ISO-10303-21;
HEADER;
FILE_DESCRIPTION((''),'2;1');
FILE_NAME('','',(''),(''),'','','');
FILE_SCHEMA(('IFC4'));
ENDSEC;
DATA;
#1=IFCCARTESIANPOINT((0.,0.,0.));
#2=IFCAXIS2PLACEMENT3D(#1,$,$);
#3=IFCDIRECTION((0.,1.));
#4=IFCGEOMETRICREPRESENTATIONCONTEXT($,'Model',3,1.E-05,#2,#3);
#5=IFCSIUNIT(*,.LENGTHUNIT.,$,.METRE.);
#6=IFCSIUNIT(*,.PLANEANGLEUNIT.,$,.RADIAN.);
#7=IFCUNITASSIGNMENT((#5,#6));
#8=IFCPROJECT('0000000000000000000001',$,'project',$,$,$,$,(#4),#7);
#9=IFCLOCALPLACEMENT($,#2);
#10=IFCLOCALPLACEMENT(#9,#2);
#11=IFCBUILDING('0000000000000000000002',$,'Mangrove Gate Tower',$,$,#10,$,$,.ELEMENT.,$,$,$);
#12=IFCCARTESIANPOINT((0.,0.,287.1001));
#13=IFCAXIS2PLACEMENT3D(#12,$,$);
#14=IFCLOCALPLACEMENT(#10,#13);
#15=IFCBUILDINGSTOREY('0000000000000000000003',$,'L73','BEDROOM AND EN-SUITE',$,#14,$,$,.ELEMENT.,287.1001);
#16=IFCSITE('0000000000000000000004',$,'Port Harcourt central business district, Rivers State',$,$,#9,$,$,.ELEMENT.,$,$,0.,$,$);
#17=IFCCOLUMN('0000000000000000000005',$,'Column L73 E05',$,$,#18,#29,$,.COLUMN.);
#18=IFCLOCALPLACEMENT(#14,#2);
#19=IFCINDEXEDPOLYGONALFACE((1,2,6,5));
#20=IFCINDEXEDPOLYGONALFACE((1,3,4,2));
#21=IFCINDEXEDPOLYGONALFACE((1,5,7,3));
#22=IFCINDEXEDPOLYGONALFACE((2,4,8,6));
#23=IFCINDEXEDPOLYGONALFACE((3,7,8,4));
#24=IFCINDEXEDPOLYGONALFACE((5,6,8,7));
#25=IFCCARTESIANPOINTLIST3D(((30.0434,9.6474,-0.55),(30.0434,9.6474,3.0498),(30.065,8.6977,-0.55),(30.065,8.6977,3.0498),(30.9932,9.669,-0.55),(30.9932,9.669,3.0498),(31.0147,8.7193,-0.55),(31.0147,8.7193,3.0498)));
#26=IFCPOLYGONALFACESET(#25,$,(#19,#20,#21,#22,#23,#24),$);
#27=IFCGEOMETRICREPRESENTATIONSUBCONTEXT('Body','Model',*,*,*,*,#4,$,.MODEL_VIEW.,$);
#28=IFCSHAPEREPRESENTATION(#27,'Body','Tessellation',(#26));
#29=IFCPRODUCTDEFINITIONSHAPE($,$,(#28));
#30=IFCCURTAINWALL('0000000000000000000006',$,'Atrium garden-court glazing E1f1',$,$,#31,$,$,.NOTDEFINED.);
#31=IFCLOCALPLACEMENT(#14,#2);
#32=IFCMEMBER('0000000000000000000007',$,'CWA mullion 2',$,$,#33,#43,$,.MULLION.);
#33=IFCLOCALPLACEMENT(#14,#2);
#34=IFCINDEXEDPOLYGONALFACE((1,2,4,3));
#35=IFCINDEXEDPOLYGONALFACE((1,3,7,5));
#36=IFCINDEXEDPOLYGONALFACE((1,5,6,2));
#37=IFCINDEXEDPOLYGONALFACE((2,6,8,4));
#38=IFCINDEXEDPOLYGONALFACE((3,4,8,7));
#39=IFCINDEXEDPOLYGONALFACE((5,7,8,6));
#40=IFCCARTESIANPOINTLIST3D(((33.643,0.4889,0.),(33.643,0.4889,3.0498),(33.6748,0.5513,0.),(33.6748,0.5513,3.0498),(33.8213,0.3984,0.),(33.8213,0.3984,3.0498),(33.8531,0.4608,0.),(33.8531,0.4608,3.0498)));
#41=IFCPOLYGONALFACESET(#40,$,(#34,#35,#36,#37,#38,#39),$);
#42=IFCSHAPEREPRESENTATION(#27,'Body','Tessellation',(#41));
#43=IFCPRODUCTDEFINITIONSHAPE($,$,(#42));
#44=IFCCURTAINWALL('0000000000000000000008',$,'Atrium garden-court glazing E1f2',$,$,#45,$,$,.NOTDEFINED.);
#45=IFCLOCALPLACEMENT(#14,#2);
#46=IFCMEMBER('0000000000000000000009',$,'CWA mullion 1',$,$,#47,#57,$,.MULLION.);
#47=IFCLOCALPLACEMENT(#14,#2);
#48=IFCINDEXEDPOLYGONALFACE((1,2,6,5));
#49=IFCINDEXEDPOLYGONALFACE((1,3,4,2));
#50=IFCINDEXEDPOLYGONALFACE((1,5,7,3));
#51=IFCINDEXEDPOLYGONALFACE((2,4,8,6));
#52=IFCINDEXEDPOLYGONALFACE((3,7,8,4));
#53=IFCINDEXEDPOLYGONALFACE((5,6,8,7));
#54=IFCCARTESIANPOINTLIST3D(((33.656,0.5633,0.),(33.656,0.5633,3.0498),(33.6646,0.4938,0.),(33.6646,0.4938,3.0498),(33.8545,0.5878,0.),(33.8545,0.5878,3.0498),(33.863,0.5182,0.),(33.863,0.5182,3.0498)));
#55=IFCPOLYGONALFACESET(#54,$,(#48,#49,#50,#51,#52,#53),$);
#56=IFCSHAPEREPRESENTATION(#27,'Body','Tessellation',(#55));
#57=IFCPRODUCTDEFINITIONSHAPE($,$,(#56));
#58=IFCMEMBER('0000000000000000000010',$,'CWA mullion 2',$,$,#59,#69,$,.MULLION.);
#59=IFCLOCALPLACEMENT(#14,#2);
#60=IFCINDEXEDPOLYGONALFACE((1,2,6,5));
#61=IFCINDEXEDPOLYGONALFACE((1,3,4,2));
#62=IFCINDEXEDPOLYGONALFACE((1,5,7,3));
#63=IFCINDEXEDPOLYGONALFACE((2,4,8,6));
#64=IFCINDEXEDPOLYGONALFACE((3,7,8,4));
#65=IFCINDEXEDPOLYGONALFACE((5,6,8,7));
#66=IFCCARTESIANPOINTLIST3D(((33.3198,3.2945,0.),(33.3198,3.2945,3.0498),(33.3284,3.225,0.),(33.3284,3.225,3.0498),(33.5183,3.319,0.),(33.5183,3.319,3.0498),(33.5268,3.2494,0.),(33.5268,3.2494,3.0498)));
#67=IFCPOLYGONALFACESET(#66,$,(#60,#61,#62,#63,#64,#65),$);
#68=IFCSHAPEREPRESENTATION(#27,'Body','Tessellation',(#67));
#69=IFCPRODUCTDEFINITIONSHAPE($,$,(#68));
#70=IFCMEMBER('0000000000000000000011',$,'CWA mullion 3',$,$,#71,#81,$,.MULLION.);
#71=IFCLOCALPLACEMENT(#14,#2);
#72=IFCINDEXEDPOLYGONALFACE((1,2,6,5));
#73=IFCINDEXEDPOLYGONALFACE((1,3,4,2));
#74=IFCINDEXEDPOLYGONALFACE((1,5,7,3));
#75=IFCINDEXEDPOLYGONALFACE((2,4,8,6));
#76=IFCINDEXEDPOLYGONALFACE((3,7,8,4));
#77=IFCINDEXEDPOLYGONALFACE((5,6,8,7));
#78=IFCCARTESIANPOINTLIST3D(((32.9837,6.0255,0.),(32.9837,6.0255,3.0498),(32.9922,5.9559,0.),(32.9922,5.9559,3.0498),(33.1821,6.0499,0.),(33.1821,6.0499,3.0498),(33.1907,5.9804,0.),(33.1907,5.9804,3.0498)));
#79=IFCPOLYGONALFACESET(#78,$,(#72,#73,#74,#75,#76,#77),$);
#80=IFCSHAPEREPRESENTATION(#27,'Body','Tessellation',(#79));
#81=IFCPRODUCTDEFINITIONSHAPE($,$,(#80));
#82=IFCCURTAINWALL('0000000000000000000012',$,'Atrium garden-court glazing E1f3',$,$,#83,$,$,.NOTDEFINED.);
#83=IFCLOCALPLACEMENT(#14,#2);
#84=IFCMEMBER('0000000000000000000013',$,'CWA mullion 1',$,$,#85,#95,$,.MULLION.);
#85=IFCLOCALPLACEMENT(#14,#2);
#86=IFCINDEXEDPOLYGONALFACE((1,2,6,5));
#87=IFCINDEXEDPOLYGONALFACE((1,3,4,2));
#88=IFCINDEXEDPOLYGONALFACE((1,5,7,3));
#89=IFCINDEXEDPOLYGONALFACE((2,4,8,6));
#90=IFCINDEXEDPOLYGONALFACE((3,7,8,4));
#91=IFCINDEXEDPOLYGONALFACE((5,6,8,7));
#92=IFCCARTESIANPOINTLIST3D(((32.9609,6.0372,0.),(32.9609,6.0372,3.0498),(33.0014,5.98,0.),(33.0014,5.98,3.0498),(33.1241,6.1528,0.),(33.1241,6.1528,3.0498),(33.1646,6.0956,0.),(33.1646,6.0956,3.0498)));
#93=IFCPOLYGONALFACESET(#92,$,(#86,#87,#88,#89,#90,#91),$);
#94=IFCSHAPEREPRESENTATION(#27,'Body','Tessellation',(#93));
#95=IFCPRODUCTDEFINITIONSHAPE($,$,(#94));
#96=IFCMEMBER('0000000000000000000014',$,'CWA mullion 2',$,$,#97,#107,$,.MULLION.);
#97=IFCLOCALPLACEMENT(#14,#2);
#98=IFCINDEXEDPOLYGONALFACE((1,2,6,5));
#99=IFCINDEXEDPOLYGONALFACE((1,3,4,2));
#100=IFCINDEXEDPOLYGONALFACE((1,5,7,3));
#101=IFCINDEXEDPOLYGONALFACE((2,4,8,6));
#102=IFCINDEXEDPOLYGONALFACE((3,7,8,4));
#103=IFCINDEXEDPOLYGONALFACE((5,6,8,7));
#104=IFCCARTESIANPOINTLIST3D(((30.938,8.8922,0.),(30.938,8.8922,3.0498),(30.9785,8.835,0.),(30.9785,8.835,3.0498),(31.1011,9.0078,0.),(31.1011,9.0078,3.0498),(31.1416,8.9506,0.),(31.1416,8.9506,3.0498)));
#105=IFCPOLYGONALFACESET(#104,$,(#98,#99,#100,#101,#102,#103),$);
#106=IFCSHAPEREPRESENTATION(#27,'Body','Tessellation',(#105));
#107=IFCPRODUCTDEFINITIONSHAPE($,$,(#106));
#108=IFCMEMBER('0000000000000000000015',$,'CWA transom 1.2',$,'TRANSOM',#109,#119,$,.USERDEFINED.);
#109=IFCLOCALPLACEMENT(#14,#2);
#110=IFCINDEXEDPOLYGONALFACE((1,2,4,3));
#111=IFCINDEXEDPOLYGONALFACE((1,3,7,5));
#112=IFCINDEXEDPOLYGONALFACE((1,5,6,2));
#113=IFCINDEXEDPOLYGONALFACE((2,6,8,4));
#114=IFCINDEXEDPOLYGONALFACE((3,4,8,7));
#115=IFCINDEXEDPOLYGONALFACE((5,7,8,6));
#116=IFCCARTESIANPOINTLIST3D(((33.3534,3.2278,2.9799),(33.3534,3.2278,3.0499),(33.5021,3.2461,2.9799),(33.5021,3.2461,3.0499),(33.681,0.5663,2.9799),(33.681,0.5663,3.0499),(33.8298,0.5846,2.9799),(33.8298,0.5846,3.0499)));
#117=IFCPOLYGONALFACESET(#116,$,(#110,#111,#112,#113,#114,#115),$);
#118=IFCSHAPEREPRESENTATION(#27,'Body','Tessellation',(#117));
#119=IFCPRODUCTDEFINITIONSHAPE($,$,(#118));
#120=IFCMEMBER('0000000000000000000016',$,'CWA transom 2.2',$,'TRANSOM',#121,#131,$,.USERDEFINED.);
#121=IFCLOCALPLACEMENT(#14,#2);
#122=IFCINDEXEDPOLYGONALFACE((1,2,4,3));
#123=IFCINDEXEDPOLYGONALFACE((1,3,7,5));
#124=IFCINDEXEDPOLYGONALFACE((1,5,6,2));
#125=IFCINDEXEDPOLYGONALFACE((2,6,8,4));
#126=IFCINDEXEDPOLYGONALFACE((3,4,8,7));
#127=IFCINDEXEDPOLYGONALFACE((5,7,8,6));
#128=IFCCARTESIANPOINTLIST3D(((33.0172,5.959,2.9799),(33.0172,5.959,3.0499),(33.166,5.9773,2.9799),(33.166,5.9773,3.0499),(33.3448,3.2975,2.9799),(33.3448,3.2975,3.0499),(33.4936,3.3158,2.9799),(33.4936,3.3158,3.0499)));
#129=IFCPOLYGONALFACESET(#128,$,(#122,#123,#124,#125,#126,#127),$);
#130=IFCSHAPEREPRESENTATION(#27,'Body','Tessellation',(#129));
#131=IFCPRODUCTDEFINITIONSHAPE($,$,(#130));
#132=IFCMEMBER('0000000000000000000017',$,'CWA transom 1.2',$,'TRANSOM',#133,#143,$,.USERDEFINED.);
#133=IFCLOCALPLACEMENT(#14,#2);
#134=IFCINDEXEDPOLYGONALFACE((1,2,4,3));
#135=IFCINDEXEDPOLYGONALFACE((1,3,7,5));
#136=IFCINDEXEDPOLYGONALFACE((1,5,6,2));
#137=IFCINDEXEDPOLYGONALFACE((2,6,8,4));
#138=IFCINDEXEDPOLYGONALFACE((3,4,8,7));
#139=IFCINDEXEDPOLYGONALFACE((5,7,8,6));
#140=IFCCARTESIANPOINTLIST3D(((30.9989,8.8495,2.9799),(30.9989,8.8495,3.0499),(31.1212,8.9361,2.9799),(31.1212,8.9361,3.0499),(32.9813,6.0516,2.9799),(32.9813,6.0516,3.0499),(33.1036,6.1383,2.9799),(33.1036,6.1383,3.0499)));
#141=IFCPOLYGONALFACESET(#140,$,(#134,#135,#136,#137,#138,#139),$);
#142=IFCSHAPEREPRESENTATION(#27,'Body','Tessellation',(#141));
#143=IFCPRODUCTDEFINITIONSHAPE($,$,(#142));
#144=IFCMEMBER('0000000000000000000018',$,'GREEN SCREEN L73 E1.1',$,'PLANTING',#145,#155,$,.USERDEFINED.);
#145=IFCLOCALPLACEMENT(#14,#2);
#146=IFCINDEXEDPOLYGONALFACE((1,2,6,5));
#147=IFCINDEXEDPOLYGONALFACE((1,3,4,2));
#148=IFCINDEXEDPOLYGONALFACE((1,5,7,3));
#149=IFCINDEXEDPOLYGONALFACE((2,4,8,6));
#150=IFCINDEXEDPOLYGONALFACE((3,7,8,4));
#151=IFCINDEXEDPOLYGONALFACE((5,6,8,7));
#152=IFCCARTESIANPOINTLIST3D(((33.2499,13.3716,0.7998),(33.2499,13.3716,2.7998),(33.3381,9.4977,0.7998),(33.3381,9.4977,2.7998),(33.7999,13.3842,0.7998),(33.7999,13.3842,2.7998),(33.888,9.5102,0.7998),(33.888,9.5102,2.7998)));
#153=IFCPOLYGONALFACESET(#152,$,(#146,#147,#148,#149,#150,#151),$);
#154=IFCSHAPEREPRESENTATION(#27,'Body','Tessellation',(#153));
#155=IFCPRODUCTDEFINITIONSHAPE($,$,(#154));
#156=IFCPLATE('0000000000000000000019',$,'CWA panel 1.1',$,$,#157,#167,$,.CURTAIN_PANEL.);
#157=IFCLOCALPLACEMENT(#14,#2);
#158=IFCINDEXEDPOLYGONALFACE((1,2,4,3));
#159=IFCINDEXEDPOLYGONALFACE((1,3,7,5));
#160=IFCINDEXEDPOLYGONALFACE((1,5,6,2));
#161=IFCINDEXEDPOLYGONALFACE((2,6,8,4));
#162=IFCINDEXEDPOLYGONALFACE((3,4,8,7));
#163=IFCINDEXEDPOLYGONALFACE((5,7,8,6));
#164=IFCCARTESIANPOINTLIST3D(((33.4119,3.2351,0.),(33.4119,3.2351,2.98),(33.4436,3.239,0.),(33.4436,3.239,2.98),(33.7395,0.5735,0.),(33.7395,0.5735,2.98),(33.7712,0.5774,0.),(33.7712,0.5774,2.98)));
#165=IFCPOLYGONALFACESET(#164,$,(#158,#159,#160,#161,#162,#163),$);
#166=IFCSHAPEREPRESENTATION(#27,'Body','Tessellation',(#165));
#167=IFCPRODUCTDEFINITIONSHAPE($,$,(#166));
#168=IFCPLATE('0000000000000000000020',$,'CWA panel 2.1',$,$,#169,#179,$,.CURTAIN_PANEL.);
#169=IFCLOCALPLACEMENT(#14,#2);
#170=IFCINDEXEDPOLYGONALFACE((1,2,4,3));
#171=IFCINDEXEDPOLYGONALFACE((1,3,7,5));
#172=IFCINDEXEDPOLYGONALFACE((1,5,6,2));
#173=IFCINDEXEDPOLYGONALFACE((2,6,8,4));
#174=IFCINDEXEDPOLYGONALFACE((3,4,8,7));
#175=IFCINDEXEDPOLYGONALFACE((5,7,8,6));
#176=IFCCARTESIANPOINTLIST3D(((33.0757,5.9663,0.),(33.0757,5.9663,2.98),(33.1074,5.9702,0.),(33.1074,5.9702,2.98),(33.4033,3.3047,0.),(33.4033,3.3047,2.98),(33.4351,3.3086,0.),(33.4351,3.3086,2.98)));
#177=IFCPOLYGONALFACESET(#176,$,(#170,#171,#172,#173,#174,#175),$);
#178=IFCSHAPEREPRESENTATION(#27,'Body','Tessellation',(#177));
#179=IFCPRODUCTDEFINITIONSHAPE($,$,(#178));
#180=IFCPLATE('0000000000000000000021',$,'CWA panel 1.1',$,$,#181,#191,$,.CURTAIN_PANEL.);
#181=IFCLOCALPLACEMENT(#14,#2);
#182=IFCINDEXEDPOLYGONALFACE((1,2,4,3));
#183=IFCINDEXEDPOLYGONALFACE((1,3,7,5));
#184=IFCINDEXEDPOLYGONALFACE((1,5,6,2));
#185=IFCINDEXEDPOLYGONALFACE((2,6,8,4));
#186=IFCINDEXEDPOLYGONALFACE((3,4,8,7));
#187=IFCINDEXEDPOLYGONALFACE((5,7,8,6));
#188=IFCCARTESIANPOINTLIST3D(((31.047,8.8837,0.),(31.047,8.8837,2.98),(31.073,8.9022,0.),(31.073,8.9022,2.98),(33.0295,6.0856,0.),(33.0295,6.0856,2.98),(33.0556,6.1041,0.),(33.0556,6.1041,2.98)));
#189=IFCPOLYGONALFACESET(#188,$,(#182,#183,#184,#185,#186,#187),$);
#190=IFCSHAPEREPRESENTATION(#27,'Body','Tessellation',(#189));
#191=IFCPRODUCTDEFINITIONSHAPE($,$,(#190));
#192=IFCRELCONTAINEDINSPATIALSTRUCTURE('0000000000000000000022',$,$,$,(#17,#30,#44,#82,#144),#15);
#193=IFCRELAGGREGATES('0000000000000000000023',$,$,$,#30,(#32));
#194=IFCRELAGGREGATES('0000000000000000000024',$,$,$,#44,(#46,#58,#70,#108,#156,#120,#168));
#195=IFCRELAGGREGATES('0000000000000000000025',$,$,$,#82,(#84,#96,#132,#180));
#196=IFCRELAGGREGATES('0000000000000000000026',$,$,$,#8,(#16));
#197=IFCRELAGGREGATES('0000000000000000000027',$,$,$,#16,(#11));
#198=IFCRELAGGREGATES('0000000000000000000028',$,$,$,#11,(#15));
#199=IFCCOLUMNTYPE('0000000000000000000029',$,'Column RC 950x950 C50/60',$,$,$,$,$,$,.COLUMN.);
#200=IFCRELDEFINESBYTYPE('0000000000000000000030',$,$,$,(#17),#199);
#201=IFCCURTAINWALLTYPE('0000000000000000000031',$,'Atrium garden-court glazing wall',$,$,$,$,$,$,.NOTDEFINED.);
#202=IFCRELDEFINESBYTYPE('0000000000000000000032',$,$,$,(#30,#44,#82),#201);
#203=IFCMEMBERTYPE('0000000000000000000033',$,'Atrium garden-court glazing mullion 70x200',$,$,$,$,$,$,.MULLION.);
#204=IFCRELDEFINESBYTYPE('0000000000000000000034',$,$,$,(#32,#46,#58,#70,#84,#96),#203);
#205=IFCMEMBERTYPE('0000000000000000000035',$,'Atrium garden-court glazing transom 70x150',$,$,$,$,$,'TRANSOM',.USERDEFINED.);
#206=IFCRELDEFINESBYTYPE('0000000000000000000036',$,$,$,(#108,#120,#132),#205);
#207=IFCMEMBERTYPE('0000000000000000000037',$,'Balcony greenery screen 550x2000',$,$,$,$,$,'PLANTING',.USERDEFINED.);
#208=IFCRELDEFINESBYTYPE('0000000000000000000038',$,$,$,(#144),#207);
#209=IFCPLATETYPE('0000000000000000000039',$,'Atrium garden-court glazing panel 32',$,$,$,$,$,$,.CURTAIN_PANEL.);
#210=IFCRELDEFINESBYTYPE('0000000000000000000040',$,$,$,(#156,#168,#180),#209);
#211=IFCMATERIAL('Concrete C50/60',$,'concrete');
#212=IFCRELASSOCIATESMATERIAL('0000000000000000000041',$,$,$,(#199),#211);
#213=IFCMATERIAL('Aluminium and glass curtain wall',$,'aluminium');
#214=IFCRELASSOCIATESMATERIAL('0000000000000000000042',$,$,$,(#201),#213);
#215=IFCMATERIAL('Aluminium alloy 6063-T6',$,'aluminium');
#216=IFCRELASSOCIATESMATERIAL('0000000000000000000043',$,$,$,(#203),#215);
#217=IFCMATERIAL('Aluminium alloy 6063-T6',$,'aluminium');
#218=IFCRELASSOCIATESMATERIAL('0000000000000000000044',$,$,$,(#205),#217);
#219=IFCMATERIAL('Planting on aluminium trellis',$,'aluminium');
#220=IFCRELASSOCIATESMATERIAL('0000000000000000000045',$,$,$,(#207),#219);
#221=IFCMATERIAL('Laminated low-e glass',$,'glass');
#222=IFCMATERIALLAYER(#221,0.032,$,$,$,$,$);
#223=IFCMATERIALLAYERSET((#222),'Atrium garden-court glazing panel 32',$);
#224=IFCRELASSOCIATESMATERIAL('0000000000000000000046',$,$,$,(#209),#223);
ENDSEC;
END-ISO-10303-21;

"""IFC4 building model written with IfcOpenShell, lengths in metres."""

from ifc_helpers import new_model, si_unit, direction, frame, origin, origin_2d, place, context, subcontext, project, spatial, rectangle, extrude, material, layer, layer_set, material_profile, profile_set, type_object, element, aggregate, save


model = new_model("IFC4")

# Units and contexts
model_context = context("Model", 3, precision=1e-05, world=origin(), true_north=direction((0.0, 1.0)))
body_context = subcontext(model_context, "Body", "Model", "MODEL_VIEW")
ifc_project = project(units=[si_unit("LENGTHUNIT", "METRE"), si_unit("PLANEANGLEUNIT", "RADIAN")], contexts=[model_context])

# Site, building, storey
site_placement = place(None, origin())
site = spatial("IfcSite", under=ifc_project, at=site_placement, Name="Port Harcourt central business district, Rivers State", CompositionType="ELEMENT", RefElevation=0.0)
building_placement = place(site_placement, origin())
building = spatial("IfcBuilding", under=site, at=building_placement, Name="Mangrove Gate Tower", CompositionType="ELEMENT")
storey_placement = place(building_placement, frame((0.0, 0.0, 287.1001)))
storey = spatial("IfcBuildingStorey", under=building, at=storey_placement, Name="L73", Description="BEDROOM AND EN-SUITE", CompositionType="ELEMENT", Elevation=287.1001)

# Column
ifc_material_1 = material(Name="Concrete C50/60", Category="concrete")
ifc_material_profile_1 = material_profile(ifc_material_1, rectangle(XDim=0.95, YDim=0.95, at=origin_2d()))
ifc_profile_set_1 = profile_set([ifc_material_profile_1], Name="Concrete C50/60")
column_type = type_object("IfcColumnType", Name="Column RC 950x950 C50/60", PredefinedType="COLUMN", material=ifc_profile_set_1)
column_placement = place(storey_placement, frame((30.5291, 9.1833, -0.55), z_axis=(0.0, 0.0, 1.0), x_axis=(-0.022642, 0.999744, 0.0)))
element("IfcColumn", 1, at=column_placement, inside=storey, type_object=column_type, Name="Column L73 E05", PredefinedType="COLUMN", context=body_context, shape_type="SweptSolid", body=[
    extrude(rectangle(XDim=0.95, YDim=0.95, at=origin_2d()), origin(), (0.0, 0.0, 1.0), 3.5999),
])

# Curtain wall, member
ifc_material_2 = material(Name="Aluminium and glass curtain wall", Category="aluminium")
curtain_wall_type = type_object("IfcCurtainWallType", Name="Atrium garden-court glazing wall", PredefinedType="NOTDEFINED", material=ifc_material_2)
curtain_wall_1_placement = place(storey_placement, origin())
curtain_wall_1 = element("IfcCurtainWall", 2, at=curtain_wall_1_placement, inside=storey, type_object=curtain_wall_type, Name="Atrium garden-court glazing E1f1", PredefinedType="NOTDEFINED")
ifc_material_3 = material(Name="Aluminium alloy 6063-T6", Category="aluminium")
ifc_material_profile_2 = material_profile(ifc_material_3, rectangle(XDim=0.0701, YDim=0.2, at=origin_2d()))
ifc_profile_set_2 = profile_set([ifc_material_profile_2], Name="Aluminium alloy 6063-T6")
member_type_1 = type_object("IfcMemberType", Name="Atrium garden-court glazing mullion 70x200", PredefinedType="MULLION", material=ifc_profile_set_2)
member_1_placement = place(storey_placement, frame((33.748, 0.4749, 0.0), z_axis=(0.0, 0.0, 1.0), x_axis=(0.452617, 0.891705, 0.0)))
member_1 = element("IfcMember", 3, at=member_1_placement, type_object=member_type_1, Name="CWA mullion 2", PredefinedType="MULLION", context=body_context, shape_type="SweptSolid", body=[
    extrude(rectangle(XDim=0.0701, YDim=0.2, at=origin_2d()), origin(), (0.0, 0.0, 1.0), 3.0498),
])
aggregate(curtain_wall_1, [member_1])

# Curtain walls, members
curtain_wall_2_placement = place(storey_placement, origin())
curtain_wall_2 = element("IfcCurtainWall", 4, at=curtain_wall_2_placement, inside=storey, type_object=curtain_wall_type, Name="Atrium garden-court glazing E1f2", PredefinedType="NOTDEFINED")
member_2_placement = place(storey_placement, frame((33.7595, 0.5408, 0.0), z_axis=(0.0, 0.0, 1.0), x_axis=(-0.122172, 0.992509, 0.0)))
member_2 = element("IfcMember", 5, at=member_2_placement, type_object=member_type_1, Name="CWA mullion 1", PredefinedType="MULLION", context=body_context, shape_type="SweptSolid", body=[
    extrude(rectangle(XDim=0.0701, YDim=0.2, at=origin_2d()), origin(), (0.0, 0.0, 1.0), 3.0498),
])
member_3_placement = place(storey_placement, frame((33.4233, 3.272, 0.0), z_axis=(0.0, 0.0, 1.0), x_axis=(-0.122172, 0.992509, 0.0)))
member_3 = element("IfcMember", 6, at=member_3_placement, type_object=member_type_1, Name="CWA mullion 2", PredefinedType="MULLION", context=body_context, shape_type="SweptSolid", body=[
    extrude(rectangle(XDim=0.0701, YDim=0.2, at=origin_2d()), origin(), (0.0, 0.0, 1.0), 3.0498),
])
member_4_placement = place(storey_placement, frame((33.0872, 6.0029, 0.0), z_axis=(0.0, 0.0, 1.0), x_axis=(-0.122172, 0.992509, 0.0)))
member_4 = element("IfcMember", 7, at=member_4_placement, type_object=member_type_1, Name="CWA mullion 3", PredefinedType="MULLION", context=body_context, shape_type="SweptSolid", body=[
    extrude(rectangle(XDim=0.0701, YDim=0.2, at=origin_2d()), origin(), (0.0, 0.0, 1.0), 3.0498),
])
curtain_wall_3_placement = place(storey_placement, origin())
curtain_wall_3 = element("IfcCurtainWall", 8, at=curtain_wall_3_placement, inside=storey, type_object=curtain_wall_type, Name="Atrium garden-court glazing E1f3", PredefinedType="NOTDEFINED")
member_5_placement = place(storey_placement, frame((33.0627, 6.0664, 0.0), z_axis=(0.0, 0.0, 1.0), x_axis=(-0.578135, 0.815941, 0.0)))
member_5 = element("IfcMember", 9, at=member_5_placement, type_object=member_type_1, Name="CWA mullion 1", PredefinedType="MULLION", context=body_context, shape_type="SweptSolid", body=[
    extrude(rectangle(XDim=0.0701, YDim=0.2, at=origin_2d()), origin(), (0.0, 0.0, 1.0), 3.0498),
])
member_6_placement = place(storey_placement, frame((31.0398, 8.9214, 0.0), z_axis=(0.0, 0.0, 1.0), x_axis=(-0.578135, 0.815941, 0.0)))
member_6 = element("IfcMember", 10, at=member_6_placement, type_object=member_type_1, Name="CWA mullion 2", PredefinedType="MULLION", context=body_context, shape_type="SweptSolid", body=[
    extrude(rectangle(XDim=0.0701, YDim=0.2, at=origin_2d()), origin(), (0.0, 0.0, 1.0), 3.0498),
])

# Members
ifc_material_4 = material(Name="Aluminium alloy 6063-T6", Category="aluminium")
ifc_material_profile_3 = material_profile(ifc_material_4, rectangle(XDim=0.0701, YDim=0.1499, at=origin_2d()))
ifc_profile_set_3 = profile_set([ifc_material_profile_3], Name="Aluminium alloy 6063-T6")
member_type_2 = type_object("IfcMemberType", Name="Atrium garden-court glazing transom 70x150", ElementType="TRANSOM", PredefinedType="USERDEFINED", material=ifc_profile_set_3)
member_7_placement = place(storey_placement, frame((33.7554, 0.5754, 3.0149), z_axis=(-0.122175, 0.992509, 0.0), x_axis=(0.0, 0.0, 1.0)))
member_7 = element("IfcMember", 11, at=member_7_placement, type_object=member_type_2, Name="CWA transom 1.2", ObjectType="TRANSOM", PredefinedType="USERDEFINED", context=body_context, shape_type="SweptSolid", body=[
    extrude(rectangle(XDim=0.0701, YDim=0.1499, at=origin_2d()), origin(), (0.0, 0.0, 1.0), 2.6816),
])
member_8_placement = place(storey_placement, frame((33.4192, 3.3066, 3.0149), z_axis=(-0.122175, 0.992509, 0.0), x_axis=(0.0, 0.0, 1.0)))
member_8 = element("IfcMember", 12, at=member_8_placement, type_object=member_type_2, Name="CWA transom 2.2", ObjectType="TRANSOM", PredefinedType="USERDEFINED", context=body_context, shape_type="SweptSolid", body=[
    extrude(rectangle(XDim=0.0701, YDim=0.1499, at=origin_2d()), origin(), (0.0, 0.0, 1.0), 2.6816),
])
member_9_placement = place(storey_placement, frame((33.0425, 6.095, 3.0149), z_axis=(-0.578136, 0.815941, 0.0), x_axis=(0.0, 0.0, 1.0)))
member_9 = element("IfcMember", 13, at=member_9_placement, type_object=member_type_2, Name="CWA transom 1.2", ObjectType="TRANSOM", PredefinedType="USERDEFINED", context=body_context, shape_type="SweptSolid", body=[
    extrude(rectangle(XDim=0.0701, YDim=0.1499, at=origin_2d()), origin(), (0.0, 0.0, 1.0), 3.429),
])
ifc_material_5 = material(Name="Planting on aluminium trellis", Category="aluminium")
ifc_material_profile_4 = material_profile(ifc_material_5, rectangle(XDim=0.55, YDim=2.0, at=origin_2d()))
ifc_profile_set_4 = profile_set([ifc_material_profile_4], Name="Planting on aluminium trellis")
member_type_3 = type_object("IfcMemberType", Name="Balcony greenery screen 550x2000", ElementType="PLANTING", PredefinedType="USERDEFINED", material=ifc_profile_set_4)
member_10_placement = place(storey_placement, frame((33.613, 9.5039, 1.7998), z_axis=(-0.022744, 0.999741, 0.0), x_axis=(-0.999741, -0.022744, 0.0)))
element("IfcMember", 14, at=member_10_placement, inside=storey, type_object=member_type_3, Name="GREEN SCREEN L73 E1.1", ObjectType="PLANTING", PredefinedType="USERDEFINED", context=body_context, shape_type="SweptSolid", body=[
    extrude(rectangle(XDim=0.55, YDim=2.0, at=origin_2d()), origin(), (0.0, 0.0, 1.0), 3.875),
])

# Plates
ifc_material_6 = material(Name="Laminated low-e glass", Category="glass")
ifc_layer_1 = layer(ifc_material_6, 0.032)
ifc_layer_set_1 = layer_set([ifc_layer_1], Name="Atrium garden-court glazing panel 32")
plate_type = type_object("IfcPlateType", Name="Atrium garden-court glazing panel 32", PredefinedType="CURTAIN_PANEL", material=ifc_layer_set_1)
plate_1_placement = place(storey_placement, frame((33.5916, 1.9062, 0.0), z_axis=(0.0, 0.0, 1.0), x_axis=(-0.122172, 0.992509, 0.0)))
plate_1 = element("IfcPlate", 15, at=plate_1_placement, type_object=plate_type, Name="CWA panel 1.1", PredefinedType="CURTAIN_PANEL", context=body_context, shape_type="SweptSolid", body=[
    extrude(rectangle(XDim=2.6816, YDim=0.032, at=origin_2d()), origin(), (0.0, 0.0, 1.0), 2.98),
])
plate_2_placement = place(storey_placement, frame((33.2554, 4.6375, 0.0), z_axis=(0.0, 0.0, 1.0), x_axis=(-0.122172, 0.992509, 0.0)))
plate_2 = element("IfcPlate", 16, at=plate_2_placement, type_object=plate_type, Name="CWA panel 2.1", PredefinedType="CURTAIN_PANEL", context=body_context, shape_type="SweptSolid", body=[
    extrude(rectangle(XDim=2.6816, YDim=0.032, at=origin_2d()), origin(), (0.0, 0.0, 1.0), 2.98),
])
aggregate(curtain_wall_2, [member_2, member_3, member_4, member_7, plate_1, member_8, plate_2])
plate_3_placement = place(storey_placement, frame((32.0513, 7.4939, 0.0), z_axis=(0.0, 0.0, 1.0), x_axis=(-0.578135, 0.815941, 0.0)))
plate_3 = element("IfcPlate", 17, at=plate_3_placement, type_object=plate_type, Name="CWA panel 1.1", PredefinedType="CURTAIN_PANEL", context=body_context, shape_type="SweptSolid", body=[
    extrude(rectangle(XDim=3.4292, YDim=0.032, at=origin_2d()), origin(), (0.0, 0.0, 1.0), 2.98),
])
aggregate(curtain_wall_3, [member_5, member_6, member_9, plate_3])

save(model, "model.ifc")
